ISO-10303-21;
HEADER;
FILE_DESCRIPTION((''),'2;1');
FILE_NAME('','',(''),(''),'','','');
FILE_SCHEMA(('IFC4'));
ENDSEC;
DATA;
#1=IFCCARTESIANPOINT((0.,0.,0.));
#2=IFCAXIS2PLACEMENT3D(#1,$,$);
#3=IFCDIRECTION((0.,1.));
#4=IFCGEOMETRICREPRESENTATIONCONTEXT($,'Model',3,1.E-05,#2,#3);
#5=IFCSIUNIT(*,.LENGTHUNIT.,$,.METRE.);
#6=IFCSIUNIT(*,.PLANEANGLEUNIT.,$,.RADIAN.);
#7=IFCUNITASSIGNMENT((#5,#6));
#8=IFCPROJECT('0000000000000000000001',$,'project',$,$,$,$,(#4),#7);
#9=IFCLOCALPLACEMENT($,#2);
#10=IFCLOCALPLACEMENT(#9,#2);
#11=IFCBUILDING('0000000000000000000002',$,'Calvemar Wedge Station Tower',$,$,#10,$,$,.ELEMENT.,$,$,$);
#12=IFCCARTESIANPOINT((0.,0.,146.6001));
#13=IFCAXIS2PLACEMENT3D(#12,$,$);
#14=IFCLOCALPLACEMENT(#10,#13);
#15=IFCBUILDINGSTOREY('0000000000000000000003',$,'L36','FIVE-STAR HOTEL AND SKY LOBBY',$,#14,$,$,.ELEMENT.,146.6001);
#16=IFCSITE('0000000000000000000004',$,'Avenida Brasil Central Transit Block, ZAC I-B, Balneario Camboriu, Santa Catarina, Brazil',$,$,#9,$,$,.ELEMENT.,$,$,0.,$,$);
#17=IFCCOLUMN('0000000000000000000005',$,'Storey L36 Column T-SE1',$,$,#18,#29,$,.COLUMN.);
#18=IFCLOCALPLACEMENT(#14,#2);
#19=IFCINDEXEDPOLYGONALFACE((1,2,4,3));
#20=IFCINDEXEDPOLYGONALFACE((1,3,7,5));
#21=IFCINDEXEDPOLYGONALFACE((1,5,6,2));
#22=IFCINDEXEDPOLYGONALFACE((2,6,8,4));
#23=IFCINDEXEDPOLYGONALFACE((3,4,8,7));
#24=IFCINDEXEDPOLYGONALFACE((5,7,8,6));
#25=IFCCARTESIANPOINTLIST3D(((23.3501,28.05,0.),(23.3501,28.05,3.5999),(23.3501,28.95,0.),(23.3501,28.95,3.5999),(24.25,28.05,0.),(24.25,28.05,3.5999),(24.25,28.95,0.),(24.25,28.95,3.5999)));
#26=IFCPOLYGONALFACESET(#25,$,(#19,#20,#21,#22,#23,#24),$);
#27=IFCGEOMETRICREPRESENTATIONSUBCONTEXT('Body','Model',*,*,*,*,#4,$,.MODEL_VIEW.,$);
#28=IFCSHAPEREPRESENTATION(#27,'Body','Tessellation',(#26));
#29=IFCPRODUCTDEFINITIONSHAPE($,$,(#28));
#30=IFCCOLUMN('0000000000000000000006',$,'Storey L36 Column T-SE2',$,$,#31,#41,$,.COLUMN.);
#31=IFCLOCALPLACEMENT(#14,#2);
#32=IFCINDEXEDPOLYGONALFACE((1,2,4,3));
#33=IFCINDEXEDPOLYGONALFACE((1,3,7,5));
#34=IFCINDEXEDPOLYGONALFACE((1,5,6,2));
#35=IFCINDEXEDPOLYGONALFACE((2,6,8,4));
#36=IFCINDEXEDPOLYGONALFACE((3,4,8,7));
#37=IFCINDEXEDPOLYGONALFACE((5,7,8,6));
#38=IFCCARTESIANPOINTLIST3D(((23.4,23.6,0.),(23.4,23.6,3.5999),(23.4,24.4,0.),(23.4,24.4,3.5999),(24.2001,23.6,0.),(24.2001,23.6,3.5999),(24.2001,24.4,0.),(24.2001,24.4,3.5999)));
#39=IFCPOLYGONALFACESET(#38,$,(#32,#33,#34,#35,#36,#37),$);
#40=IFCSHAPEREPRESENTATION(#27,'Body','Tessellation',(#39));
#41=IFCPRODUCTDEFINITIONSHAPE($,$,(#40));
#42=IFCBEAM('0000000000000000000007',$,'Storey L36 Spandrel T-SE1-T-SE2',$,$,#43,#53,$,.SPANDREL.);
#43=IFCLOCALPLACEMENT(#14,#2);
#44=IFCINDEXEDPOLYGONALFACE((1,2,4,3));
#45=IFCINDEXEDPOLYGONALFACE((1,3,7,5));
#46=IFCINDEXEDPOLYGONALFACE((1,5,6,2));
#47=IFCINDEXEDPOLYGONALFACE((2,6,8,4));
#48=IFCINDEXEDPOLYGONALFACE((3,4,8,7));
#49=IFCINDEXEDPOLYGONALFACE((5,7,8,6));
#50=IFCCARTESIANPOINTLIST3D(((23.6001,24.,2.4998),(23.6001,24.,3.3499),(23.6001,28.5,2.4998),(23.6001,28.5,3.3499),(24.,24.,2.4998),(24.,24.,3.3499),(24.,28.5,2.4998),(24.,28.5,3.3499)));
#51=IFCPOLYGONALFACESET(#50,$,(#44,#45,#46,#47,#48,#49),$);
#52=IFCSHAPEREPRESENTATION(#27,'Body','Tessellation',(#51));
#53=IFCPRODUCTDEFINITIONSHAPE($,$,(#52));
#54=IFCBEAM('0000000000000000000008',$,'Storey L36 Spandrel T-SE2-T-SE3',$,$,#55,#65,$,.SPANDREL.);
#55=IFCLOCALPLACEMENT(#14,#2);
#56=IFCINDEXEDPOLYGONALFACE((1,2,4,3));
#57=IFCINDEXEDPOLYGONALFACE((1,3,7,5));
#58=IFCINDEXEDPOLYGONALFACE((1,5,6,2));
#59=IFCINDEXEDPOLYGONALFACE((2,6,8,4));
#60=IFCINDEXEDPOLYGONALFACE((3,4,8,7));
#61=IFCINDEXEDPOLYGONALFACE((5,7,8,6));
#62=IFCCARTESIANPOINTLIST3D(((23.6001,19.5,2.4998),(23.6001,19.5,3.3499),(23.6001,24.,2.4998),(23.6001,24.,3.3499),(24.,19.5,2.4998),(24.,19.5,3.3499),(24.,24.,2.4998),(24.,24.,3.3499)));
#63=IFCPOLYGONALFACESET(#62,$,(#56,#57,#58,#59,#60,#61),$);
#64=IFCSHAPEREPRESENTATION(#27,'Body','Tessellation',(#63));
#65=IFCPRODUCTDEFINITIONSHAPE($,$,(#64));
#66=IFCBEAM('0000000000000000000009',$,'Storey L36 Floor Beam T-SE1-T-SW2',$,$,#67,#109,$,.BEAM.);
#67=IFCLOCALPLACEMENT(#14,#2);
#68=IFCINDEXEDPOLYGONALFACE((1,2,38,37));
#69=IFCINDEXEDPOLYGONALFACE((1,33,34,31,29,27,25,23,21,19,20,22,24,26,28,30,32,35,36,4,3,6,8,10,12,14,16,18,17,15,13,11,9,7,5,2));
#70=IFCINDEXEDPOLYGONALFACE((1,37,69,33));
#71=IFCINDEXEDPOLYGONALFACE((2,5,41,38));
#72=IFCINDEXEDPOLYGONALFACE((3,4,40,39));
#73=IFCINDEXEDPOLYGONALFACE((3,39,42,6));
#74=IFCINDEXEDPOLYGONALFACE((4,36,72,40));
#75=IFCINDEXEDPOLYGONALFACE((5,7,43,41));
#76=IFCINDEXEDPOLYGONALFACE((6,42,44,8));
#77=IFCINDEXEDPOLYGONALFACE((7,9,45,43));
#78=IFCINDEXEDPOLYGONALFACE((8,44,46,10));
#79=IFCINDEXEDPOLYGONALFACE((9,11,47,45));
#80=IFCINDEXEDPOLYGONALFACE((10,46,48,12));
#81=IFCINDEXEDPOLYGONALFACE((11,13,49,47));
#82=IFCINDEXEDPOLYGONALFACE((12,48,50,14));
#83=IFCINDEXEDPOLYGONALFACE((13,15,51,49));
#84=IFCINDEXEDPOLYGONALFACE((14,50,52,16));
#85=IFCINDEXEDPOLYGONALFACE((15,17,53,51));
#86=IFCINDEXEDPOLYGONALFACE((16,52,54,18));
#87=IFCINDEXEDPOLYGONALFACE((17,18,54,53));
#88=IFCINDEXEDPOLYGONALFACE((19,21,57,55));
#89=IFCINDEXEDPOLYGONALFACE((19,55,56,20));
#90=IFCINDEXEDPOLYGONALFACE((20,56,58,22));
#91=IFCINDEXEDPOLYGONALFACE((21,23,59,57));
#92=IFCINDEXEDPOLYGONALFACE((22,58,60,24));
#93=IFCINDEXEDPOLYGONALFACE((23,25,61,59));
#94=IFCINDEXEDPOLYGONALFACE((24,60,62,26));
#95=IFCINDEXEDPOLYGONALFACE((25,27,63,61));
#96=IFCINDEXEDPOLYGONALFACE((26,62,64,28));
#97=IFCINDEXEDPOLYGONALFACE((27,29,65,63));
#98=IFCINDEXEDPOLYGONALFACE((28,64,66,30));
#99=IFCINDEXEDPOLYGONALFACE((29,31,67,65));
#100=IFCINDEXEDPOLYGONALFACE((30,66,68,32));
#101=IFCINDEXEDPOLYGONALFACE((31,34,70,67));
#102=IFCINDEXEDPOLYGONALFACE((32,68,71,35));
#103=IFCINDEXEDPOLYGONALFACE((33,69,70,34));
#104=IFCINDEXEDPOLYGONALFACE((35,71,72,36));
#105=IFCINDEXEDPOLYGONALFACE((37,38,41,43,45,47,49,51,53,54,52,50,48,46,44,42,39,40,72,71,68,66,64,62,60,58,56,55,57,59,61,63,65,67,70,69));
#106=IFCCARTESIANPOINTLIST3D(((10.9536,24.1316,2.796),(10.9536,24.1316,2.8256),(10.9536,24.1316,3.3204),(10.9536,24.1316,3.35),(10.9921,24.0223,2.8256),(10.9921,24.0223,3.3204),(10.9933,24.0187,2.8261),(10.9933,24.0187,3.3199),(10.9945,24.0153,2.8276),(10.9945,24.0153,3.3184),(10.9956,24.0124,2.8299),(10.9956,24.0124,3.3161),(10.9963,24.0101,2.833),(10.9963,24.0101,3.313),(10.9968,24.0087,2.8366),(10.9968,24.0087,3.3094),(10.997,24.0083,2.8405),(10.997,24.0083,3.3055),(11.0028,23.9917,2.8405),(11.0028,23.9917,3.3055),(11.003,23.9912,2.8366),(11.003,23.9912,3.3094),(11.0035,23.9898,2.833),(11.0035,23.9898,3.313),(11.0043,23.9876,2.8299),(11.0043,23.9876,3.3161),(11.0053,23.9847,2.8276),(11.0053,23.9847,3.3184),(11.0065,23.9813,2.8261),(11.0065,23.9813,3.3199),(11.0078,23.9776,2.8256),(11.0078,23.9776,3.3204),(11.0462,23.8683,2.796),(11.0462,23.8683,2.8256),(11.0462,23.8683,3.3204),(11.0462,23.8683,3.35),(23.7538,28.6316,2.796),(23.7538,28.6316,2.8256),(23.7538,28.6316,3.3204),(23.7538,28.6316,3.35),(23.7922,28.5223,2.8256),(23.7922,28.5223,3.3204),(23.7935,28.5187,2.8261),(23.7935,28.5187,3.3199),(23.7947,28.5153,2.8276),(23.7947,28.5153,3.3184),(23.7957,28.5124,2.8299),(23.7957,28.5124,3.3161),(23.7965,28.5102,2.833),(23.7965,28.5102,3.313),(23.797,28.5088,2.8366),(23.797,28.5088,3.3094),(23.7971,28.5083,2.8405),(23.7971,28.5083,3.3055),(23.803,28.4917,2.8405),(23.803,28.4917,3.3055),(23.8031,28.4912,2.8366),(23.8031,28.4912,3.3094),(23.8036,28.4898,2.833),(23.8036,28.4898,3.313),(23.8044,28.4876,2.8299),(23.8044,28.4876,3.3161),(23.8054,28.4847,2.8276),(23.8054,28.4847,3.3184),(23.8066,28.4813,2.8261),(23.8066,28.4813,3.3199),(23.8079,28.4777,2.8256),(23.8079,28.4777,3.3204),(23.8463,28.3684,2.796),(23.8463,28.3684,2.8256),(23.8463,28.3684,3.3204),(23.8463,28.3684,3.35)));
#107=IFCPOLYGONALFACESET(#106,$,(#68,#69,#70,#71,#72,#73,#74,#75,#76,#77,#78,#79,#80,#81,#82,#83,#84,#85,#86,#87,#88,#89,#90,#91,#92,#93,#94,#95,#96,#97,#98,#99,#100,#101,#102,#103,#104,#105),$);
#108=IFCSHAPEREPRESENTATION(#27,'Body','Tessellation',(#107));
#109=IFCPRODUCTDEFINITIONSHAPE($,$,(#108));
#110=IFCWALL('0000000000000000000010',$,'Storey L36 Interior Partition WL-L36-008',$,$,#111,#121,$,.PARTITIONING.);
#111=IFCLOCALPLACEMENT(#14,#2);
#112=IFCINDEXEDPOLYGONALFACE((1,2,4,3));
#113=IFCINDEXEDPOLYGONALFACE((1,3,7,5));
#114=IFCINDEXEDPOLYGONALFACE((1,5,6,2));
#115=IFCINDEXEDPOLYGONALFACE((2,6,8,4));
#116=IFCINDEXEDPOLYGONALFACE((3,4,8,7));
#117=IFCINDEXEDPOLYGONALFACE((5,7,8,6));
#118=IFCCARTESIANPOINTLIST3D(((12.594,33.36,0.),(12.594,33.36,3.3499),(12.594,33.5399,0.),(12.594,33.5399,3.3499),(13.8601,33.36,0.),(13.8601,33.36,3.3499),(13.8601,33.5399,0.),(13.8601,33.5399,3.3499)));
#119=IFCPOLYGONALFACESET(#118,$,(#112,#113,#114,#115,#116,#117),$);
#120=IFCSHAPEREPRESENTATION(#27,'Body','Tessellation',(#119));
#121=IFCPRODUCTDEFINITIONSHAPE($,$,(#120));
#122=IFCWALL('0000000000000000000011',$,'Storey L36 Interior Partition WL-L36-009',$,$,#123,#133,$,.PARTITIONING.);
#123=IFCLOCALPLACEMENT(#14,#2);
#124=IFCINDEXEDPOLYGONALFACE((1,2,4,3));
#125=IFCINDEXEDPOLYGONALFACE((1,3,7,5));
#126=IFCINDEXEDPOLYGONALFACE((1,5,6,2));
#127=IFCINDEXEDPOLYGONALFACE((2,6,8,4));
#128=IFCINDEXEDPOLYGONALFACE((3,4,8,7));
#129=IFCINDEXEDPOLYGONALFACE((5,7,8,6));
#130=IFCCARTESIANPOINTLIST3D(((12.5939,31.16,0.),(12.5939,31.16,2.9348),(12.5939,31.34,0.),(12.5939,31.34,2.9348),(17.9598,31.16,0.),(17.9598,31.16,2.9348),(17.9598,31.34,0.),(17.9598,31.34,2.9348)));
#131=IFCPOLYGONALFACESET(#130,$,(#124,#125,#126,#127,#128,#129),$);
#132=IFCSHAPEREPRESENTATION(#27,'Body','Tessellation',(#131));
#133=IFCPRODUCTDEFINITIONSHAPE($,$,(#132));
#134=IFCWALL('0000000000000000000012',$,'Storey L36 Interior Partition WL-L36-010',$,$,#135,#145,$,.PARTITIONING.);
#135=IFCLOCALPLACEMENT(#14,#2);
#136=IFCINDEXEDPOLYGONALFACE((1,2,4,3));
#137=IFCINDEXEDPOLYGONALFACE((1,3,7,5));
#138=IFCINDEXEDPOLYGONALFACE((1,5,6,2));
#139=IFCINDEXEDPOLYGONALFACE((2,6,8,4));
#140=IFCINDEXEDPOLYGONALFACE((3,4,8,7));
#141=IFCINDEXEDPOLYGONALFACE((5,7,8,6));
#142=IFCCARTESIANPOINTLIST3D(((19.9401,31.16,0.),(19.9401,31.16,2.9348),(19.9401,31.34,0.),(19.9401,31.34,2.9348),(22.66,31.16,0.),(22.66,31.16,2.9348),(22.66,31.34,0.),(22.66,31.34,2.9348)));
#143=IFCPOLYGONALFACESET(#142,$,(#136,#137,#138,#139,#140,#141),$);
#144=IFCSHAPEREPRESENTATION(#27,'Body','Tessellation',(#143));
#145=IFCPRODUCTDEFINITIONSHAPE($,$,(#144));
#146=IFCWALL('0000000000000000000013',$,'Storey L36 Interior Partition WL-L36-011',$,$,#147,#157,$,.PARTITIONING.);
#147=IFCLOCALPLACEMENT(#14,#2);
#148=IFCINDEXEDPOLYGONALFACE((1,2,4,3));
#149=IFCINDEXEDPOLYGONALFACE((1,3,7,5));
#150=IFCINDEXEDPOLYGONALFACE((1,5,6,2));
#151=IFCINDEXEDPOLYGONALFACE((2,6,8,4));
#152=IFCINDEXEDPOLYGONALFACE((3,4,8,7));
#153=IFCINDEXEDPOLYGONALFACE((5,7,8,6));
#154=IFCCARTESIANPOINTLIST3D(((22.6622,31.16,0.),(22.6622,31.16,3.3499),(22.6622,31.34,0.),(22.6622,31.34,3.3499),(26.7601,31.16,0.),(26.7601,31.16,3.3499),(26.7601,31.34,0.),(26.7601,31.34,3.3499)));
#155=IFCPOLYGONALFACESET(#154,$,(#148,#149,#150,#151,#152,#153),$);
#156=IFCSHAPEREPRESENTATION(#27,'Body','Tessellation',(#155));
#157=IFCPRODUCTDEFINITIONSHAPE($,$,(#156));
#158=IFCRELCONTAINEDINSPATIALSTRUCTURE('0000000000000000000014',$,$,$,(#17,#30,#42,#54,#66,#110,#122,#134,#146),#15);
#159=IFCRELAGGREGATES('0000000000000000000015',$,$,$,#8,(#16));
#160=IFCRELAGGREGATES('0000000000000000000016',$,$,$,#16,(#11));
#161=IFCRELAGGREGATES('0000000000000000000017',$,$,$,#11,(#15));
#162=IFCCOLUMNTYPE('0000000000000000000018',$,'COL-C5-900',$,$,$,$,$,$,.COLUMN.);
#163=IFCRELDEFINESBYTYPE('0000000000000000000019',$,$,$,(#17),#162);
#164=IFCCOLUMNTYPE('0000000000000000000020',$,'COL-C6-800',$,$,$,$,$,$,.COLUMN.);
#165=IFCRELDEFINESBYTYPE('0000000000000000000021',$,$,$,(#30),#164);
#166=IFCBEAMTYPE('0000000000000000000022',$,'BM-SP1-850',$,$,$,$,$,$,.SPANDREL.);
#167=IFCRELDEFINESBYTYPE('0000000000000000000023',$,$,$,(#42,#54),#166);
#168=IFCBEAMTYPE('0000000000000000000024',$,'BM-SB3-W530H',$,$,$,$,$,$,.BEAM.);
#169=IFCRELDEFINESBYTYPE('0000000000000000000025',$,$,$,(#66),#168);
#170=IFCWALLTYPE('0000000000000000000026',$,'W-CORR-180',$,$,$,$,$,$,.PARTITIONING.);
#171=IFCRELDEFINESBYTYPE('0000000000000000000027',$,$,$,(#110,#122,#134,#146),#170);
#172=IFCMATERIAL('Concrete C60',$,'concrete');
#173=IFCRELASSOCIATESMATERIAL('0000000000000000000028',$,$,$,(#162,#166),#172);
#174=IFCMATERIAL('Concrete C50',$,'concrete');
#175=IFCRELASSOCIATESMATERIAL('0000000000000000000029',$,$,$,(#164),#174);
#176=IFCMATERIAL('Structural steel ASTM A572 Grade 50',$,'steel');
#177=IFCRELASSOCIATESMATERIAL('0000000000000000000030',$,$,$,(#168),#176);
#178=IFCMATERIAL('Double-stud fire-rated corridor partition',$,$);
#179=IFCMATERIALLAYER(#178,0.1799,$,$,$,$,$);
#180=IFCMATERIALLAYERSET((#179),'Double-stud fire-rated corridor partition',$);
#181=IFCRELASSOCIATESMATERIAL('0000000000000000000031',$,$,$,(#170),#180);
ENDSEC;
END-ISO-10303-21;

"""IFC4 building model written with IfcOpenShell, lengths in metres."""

from ifc_helpers import new_model, si_unit, direction, frame, frame_2d, origin, origin_2d, place, context, subcontext, project, spatial, rectangle, i_section, extrude, source, transform, mapped, material, layer, layer_set, material_profile, profile_set, type_object, element, save


model = new_model("IFC4")

# Units and contexts
model_context = context("Model", 3, precision=1e-05, world=origin(), true_north=direction((0.0, 1.0)))
body_context = subcontext(model_context, "Body", "Model", "MODEL_VIEW")
ifc_project = project(units=[si_unit("LENGTHUNIT", "METRE"), si_unit("PLANEANGLEUNIT", "RADIAN")], contexts=[model_context])

# Site, building, storey
site_placement = place(None, origin())
site = spatial("IfcSite", under=ifc_project, at=site_placement, Name="Avenida Brasil Central Transit Block, ZAC I-B, Balneario Camboriu, Santa Catarina, Brazil", CompositionType="ELEMENT", RefElevation=0.0)
building_placement = place(site_placement, origin())
building = spatial("IfcBuilding", under=site, at=building_placement, Name="Calvemar Wedge Station Tower", CompositionType="ELEMENT")
storey_placement = place(building_placement, frame((0.0, 0.0, 146.6001)))
storey = spatial("IfcBuildingStorey", under=building, at=storey_placement, Name="L36", Description="FIVE-STAR HOTEL AND SKY LOBBY", CompositionType="ELEMENT", Elevation=146.6001)

# Columns
ifc_material_1 = material(Name="Concrete C60", Category="concrete")
ifc_material_profile_1 = material_profile(ifc_material_1, rectangle(XDim=0.8999, YDim=0.8999, at=origin_2d()), Name="RC900x900")
ifc_profile_set_1 = profile_set([ifc_material_profile_1], Name="Concrete C60")
column_type_1 = type_object("IfcColumnType", Name="COL-C5-900", PredefinedType="COLUMN", material=ifc_profile_set_1)
shared_shape_1 = source(origin(), body_context, "Body", "SweptSolid", [
    extrude(rectangle(XDim=0.8999, YDim=0.8999, at=origin_2d()), origin(), (0.0, 0.0, 1.0), 3.5999),
])
column_1_placement = place(storey_placement, frame((23.8, 28.5, 0.0), z_axis=(0.0, 0.0, 1.0), x_axis=(1.0, 0.0, 0.0)))
element("IfcColumn", 1, at=column_1_placement, inside=storey, type_object=column_type_1, Name="Storey L36 Column T-SE1", PredefinedType="COLUMN", context=body_context, shape_type="MappedRepresentation", body=[
    mapped(shared_shape_1, transform((0.0, 0.0, 0.0), scale=1.0)),
])
ifc_material_2 = material(Name="Concrete C50", Category="concrete")
ifc_material_profile_2 = material_profile(ifc_material_2, rectangle(XDim=0.8, YDim=0.8, at=origin_2d()), Name="RC800x800")
ifc_profile_set_2 = profile_set([ifc_material_profile_2], Name="Concrete C50")
column_type_2 = type_object("IfcColumnType", Name="COL-C6-800", PredefinedType="COLUMN", material=ifc_profile_set_2)
shared_shape_2 = source(origin(), body_context, "Body", "SweptSolid", [
    extrude(rectangle(XDim=0.8, YDim=0.8, at=origin_2d()), origin(), (0.0, 0.0, 1.0), 3.5999),
])
column_2_placement = place(storey_placement, frame((23.8, 24.0, 0.0), z_axis=(0.0, 0.0, 1.0), x_axis=(1.0, 0.0, 0.0)))
element("IfcColumn", 2, at=column_2_placement, inside=storey, type_object=column_type_2, Name="Storey L36 Column T-SE2", PredefinedType="COLUMN", context=body_context, shape_type="MappedRepresentation", body=[
    mapped(shared_shape_2, transform((0.0, 0.0, 0.0), scale=1.0)),
])

# Beams
ifc_material_profile_3 = material_profile(ifc_material_1, rectangle(XDim=0.3999, YDim=0.8501, at=origin_2d()), Name="RC400x850")
ifc_profile_set_3 = profile_set([ifc_material_profile_3], Name="Concrete C60")
beam_type_1 = type_object("IfcBeamType", Name="BM-SP1-850", PredefinedType="SPANDREL", material=ifc_profile_set_3)
shared_shape_3 = source(origin(), body_context, "Body", "SweptSolid", [
    extrude(rectangle(XDim=0.3999, YDim=0.8501, at=origin_2d()), origin(), (0.0, 0.0, 1.0), 4.5),
])
for number, where, z_axis, x_axis, name in (
    (3, (23.8, 28.5, 2.9248), (0.0, -1.0, 0.0), (1.0, 0.0, 0.0), "Storey L36 Spandrel T-SE1-T-SE2"),
    (4, (23.8, 24.0, 2.9248), (0.0, -1.0, 0.0), (1.0, 0.0, 0.0), "Storey L36 Spandrel T-SE2-T-SE3"),
):
    element("IfcBeam", number, at=place(storey_placement, frame(where, z_axis=z_axis, x_axis=x_axis)), inside=storey, type_object=beam_type_1, Name=name, PredefinedType="SPANDREL", context=body_context, shape_type="MappedRepresentation", body=[
        mapped(shared_shape_3, transform((0.0, 0.0, 0.0), scale=1.0)),
    ])
ifc_material_3 = material(Name="Structural steel ASTM A572 Grade 50", Category="steel")
ifc_material_profile_4 = material_profile(ifc_material_3, i_section(OverallWidth=0.2791, OverallDepth=0.554, WebThickness=0.0176, FlangeThickness=0.0295, FilletRadius=0.0149, at=origin_2d()), Name="W530x196")
ifc_profile_set_4 = profile_set([ifc_material_profile_4], Name="Structural steel ASTM A572 Grade 50")
beam_type_2 = type_object("IfcBeamType", Name="BM-SB3-W530H", PredefinedType="BEAM", material=ifc_profile_set_4)
shared_shape_4 = source(origin(), body_context, "Body", "SweptSolid", [
    extrude(i_section(OverallWidth=0.2791, OverallDepth=0.554, WebThickness=0.0176, FlangeThickness=0.0295, FilletRadius=0.0149, at=origin_2d()), origin(), (0.0, 0.0, 1.0), 13.5681),
])
beam_placement = place(storey_placement, frame((23.8, 28.5, 3.073), z_axis=(-0.943398, -0.331662, 0.0), x_axis=(0.331662, -0.943398, 0.0)))
element("IfcBeam", 5, at=beam_placement, inside=storey, type_object=beam_type_2, Name="Storey L36 Floor Beam T-SE1-T-SW2", PredefinedType="BEAM", context=body_context, shape_type="MappedRepresentation", body=[
    mapped(shared_shape_4, transform((0.0, 0.0, 0.0), scale=1.0)),
])

# Walls
ifc_material_4 = material(Name="Double-stud fire-rated corridor partition")
ifc_layer_1 = layer(ifc_material_4, 0.1799)
ifc_layer_set_1 = layer_set([ifc_layer_1], Name="Double-stud fire-rated corridor partition")
wall_type_1 = type_object("IfcWallType", Name="W-CORR-180", PredefinedType="PARTITIONING", material=ifc_layer_set_1)
wall_1_placement = place(storey_placement, frame((12.594, 33.45, 0.0), z_axis=(0.0, 0.0, 1.0), x_axis=(1.0, 0.0, 0.0)))
element("IfcWall", 6, at=wall_1_placement, inside=storey, type_object=wall_type_1, Name="Storey L36 Interior Partition WL-L36-008", PredefinedType="PARTITIONING", context=body_context, shape_type="SweptSolid", body=[
    extrude(rectangle(XDim=1.2661, YDim=0.1799, at=frame_2d((0.6331, 0.0))), origin(), (0.0, 0.0, 1.0), 3.3499),
])
wall_2_placement = place(storey_placement, frame((17.96, 31.25, 0.0), z_axis=(0.0, 0.0, 1.0), x_axis=(-1.0, 0.0, 0.0)))
element("IfcWall", 7, at=wall_2_placement, inside=storey, type_object=wall_type_1, Name="Storey L36 Interior Partition WL-L36-009", PredefinedType="PARTITIONING", context=body_context, shape_type="SweptSolid", body=[
    extrude(rectangle(XDim=5.366, YDim=0.1799, at=frame_2d((2.6831, 0.0))), origin(), (0.0, 0.0, 1.0), 2.9348),
])
wall_3_placement = place(storey_placement, frame((22.6599, 31.25, 0.0), z_axis=(0.0, 0.0, 1.0), x_axis=(-1.0, 0.0, 0.0)))
element("IfcWall", 8, at=wall_3_placement, inside=storey, type_object=wall_type_1, Name="Storey L36 Interior Partition WL-L36-010", PredefinedType="PARTITIONING", context=body_context, shape_type="SweptSolid", body=[
    extrude(rectangle(XDim=2.72, YDim=0.1799, at=frame_2d((1.3599, 0.0))), origin(), (0.0, 0.0, 1.0), 2.9348),
])
wall_4_placement = place(storey_placement, frame((26.76, 31.25, 0.0), z_axis=(0.0, 0.0, 1.0), x_axis=(-1.0, 0.0, 0.0)))
element("IfcWall", 9, at=wall_4_placement, inside=storey, type_object=wall_type_1, Name="Storey L36 Interior Partition WL-L36-011", PredefinedType="PARTITIONING", context=body_context, shape_type="SweptSolid", body=[
    extrude(rectangle(XDim=4.0979, YDim=0.1799, at=frame_2d((2.0488, 0.0))), origin(), (0.0, 0.0, 1.0), 3.3499),
])

save(model, "model.ifc")
